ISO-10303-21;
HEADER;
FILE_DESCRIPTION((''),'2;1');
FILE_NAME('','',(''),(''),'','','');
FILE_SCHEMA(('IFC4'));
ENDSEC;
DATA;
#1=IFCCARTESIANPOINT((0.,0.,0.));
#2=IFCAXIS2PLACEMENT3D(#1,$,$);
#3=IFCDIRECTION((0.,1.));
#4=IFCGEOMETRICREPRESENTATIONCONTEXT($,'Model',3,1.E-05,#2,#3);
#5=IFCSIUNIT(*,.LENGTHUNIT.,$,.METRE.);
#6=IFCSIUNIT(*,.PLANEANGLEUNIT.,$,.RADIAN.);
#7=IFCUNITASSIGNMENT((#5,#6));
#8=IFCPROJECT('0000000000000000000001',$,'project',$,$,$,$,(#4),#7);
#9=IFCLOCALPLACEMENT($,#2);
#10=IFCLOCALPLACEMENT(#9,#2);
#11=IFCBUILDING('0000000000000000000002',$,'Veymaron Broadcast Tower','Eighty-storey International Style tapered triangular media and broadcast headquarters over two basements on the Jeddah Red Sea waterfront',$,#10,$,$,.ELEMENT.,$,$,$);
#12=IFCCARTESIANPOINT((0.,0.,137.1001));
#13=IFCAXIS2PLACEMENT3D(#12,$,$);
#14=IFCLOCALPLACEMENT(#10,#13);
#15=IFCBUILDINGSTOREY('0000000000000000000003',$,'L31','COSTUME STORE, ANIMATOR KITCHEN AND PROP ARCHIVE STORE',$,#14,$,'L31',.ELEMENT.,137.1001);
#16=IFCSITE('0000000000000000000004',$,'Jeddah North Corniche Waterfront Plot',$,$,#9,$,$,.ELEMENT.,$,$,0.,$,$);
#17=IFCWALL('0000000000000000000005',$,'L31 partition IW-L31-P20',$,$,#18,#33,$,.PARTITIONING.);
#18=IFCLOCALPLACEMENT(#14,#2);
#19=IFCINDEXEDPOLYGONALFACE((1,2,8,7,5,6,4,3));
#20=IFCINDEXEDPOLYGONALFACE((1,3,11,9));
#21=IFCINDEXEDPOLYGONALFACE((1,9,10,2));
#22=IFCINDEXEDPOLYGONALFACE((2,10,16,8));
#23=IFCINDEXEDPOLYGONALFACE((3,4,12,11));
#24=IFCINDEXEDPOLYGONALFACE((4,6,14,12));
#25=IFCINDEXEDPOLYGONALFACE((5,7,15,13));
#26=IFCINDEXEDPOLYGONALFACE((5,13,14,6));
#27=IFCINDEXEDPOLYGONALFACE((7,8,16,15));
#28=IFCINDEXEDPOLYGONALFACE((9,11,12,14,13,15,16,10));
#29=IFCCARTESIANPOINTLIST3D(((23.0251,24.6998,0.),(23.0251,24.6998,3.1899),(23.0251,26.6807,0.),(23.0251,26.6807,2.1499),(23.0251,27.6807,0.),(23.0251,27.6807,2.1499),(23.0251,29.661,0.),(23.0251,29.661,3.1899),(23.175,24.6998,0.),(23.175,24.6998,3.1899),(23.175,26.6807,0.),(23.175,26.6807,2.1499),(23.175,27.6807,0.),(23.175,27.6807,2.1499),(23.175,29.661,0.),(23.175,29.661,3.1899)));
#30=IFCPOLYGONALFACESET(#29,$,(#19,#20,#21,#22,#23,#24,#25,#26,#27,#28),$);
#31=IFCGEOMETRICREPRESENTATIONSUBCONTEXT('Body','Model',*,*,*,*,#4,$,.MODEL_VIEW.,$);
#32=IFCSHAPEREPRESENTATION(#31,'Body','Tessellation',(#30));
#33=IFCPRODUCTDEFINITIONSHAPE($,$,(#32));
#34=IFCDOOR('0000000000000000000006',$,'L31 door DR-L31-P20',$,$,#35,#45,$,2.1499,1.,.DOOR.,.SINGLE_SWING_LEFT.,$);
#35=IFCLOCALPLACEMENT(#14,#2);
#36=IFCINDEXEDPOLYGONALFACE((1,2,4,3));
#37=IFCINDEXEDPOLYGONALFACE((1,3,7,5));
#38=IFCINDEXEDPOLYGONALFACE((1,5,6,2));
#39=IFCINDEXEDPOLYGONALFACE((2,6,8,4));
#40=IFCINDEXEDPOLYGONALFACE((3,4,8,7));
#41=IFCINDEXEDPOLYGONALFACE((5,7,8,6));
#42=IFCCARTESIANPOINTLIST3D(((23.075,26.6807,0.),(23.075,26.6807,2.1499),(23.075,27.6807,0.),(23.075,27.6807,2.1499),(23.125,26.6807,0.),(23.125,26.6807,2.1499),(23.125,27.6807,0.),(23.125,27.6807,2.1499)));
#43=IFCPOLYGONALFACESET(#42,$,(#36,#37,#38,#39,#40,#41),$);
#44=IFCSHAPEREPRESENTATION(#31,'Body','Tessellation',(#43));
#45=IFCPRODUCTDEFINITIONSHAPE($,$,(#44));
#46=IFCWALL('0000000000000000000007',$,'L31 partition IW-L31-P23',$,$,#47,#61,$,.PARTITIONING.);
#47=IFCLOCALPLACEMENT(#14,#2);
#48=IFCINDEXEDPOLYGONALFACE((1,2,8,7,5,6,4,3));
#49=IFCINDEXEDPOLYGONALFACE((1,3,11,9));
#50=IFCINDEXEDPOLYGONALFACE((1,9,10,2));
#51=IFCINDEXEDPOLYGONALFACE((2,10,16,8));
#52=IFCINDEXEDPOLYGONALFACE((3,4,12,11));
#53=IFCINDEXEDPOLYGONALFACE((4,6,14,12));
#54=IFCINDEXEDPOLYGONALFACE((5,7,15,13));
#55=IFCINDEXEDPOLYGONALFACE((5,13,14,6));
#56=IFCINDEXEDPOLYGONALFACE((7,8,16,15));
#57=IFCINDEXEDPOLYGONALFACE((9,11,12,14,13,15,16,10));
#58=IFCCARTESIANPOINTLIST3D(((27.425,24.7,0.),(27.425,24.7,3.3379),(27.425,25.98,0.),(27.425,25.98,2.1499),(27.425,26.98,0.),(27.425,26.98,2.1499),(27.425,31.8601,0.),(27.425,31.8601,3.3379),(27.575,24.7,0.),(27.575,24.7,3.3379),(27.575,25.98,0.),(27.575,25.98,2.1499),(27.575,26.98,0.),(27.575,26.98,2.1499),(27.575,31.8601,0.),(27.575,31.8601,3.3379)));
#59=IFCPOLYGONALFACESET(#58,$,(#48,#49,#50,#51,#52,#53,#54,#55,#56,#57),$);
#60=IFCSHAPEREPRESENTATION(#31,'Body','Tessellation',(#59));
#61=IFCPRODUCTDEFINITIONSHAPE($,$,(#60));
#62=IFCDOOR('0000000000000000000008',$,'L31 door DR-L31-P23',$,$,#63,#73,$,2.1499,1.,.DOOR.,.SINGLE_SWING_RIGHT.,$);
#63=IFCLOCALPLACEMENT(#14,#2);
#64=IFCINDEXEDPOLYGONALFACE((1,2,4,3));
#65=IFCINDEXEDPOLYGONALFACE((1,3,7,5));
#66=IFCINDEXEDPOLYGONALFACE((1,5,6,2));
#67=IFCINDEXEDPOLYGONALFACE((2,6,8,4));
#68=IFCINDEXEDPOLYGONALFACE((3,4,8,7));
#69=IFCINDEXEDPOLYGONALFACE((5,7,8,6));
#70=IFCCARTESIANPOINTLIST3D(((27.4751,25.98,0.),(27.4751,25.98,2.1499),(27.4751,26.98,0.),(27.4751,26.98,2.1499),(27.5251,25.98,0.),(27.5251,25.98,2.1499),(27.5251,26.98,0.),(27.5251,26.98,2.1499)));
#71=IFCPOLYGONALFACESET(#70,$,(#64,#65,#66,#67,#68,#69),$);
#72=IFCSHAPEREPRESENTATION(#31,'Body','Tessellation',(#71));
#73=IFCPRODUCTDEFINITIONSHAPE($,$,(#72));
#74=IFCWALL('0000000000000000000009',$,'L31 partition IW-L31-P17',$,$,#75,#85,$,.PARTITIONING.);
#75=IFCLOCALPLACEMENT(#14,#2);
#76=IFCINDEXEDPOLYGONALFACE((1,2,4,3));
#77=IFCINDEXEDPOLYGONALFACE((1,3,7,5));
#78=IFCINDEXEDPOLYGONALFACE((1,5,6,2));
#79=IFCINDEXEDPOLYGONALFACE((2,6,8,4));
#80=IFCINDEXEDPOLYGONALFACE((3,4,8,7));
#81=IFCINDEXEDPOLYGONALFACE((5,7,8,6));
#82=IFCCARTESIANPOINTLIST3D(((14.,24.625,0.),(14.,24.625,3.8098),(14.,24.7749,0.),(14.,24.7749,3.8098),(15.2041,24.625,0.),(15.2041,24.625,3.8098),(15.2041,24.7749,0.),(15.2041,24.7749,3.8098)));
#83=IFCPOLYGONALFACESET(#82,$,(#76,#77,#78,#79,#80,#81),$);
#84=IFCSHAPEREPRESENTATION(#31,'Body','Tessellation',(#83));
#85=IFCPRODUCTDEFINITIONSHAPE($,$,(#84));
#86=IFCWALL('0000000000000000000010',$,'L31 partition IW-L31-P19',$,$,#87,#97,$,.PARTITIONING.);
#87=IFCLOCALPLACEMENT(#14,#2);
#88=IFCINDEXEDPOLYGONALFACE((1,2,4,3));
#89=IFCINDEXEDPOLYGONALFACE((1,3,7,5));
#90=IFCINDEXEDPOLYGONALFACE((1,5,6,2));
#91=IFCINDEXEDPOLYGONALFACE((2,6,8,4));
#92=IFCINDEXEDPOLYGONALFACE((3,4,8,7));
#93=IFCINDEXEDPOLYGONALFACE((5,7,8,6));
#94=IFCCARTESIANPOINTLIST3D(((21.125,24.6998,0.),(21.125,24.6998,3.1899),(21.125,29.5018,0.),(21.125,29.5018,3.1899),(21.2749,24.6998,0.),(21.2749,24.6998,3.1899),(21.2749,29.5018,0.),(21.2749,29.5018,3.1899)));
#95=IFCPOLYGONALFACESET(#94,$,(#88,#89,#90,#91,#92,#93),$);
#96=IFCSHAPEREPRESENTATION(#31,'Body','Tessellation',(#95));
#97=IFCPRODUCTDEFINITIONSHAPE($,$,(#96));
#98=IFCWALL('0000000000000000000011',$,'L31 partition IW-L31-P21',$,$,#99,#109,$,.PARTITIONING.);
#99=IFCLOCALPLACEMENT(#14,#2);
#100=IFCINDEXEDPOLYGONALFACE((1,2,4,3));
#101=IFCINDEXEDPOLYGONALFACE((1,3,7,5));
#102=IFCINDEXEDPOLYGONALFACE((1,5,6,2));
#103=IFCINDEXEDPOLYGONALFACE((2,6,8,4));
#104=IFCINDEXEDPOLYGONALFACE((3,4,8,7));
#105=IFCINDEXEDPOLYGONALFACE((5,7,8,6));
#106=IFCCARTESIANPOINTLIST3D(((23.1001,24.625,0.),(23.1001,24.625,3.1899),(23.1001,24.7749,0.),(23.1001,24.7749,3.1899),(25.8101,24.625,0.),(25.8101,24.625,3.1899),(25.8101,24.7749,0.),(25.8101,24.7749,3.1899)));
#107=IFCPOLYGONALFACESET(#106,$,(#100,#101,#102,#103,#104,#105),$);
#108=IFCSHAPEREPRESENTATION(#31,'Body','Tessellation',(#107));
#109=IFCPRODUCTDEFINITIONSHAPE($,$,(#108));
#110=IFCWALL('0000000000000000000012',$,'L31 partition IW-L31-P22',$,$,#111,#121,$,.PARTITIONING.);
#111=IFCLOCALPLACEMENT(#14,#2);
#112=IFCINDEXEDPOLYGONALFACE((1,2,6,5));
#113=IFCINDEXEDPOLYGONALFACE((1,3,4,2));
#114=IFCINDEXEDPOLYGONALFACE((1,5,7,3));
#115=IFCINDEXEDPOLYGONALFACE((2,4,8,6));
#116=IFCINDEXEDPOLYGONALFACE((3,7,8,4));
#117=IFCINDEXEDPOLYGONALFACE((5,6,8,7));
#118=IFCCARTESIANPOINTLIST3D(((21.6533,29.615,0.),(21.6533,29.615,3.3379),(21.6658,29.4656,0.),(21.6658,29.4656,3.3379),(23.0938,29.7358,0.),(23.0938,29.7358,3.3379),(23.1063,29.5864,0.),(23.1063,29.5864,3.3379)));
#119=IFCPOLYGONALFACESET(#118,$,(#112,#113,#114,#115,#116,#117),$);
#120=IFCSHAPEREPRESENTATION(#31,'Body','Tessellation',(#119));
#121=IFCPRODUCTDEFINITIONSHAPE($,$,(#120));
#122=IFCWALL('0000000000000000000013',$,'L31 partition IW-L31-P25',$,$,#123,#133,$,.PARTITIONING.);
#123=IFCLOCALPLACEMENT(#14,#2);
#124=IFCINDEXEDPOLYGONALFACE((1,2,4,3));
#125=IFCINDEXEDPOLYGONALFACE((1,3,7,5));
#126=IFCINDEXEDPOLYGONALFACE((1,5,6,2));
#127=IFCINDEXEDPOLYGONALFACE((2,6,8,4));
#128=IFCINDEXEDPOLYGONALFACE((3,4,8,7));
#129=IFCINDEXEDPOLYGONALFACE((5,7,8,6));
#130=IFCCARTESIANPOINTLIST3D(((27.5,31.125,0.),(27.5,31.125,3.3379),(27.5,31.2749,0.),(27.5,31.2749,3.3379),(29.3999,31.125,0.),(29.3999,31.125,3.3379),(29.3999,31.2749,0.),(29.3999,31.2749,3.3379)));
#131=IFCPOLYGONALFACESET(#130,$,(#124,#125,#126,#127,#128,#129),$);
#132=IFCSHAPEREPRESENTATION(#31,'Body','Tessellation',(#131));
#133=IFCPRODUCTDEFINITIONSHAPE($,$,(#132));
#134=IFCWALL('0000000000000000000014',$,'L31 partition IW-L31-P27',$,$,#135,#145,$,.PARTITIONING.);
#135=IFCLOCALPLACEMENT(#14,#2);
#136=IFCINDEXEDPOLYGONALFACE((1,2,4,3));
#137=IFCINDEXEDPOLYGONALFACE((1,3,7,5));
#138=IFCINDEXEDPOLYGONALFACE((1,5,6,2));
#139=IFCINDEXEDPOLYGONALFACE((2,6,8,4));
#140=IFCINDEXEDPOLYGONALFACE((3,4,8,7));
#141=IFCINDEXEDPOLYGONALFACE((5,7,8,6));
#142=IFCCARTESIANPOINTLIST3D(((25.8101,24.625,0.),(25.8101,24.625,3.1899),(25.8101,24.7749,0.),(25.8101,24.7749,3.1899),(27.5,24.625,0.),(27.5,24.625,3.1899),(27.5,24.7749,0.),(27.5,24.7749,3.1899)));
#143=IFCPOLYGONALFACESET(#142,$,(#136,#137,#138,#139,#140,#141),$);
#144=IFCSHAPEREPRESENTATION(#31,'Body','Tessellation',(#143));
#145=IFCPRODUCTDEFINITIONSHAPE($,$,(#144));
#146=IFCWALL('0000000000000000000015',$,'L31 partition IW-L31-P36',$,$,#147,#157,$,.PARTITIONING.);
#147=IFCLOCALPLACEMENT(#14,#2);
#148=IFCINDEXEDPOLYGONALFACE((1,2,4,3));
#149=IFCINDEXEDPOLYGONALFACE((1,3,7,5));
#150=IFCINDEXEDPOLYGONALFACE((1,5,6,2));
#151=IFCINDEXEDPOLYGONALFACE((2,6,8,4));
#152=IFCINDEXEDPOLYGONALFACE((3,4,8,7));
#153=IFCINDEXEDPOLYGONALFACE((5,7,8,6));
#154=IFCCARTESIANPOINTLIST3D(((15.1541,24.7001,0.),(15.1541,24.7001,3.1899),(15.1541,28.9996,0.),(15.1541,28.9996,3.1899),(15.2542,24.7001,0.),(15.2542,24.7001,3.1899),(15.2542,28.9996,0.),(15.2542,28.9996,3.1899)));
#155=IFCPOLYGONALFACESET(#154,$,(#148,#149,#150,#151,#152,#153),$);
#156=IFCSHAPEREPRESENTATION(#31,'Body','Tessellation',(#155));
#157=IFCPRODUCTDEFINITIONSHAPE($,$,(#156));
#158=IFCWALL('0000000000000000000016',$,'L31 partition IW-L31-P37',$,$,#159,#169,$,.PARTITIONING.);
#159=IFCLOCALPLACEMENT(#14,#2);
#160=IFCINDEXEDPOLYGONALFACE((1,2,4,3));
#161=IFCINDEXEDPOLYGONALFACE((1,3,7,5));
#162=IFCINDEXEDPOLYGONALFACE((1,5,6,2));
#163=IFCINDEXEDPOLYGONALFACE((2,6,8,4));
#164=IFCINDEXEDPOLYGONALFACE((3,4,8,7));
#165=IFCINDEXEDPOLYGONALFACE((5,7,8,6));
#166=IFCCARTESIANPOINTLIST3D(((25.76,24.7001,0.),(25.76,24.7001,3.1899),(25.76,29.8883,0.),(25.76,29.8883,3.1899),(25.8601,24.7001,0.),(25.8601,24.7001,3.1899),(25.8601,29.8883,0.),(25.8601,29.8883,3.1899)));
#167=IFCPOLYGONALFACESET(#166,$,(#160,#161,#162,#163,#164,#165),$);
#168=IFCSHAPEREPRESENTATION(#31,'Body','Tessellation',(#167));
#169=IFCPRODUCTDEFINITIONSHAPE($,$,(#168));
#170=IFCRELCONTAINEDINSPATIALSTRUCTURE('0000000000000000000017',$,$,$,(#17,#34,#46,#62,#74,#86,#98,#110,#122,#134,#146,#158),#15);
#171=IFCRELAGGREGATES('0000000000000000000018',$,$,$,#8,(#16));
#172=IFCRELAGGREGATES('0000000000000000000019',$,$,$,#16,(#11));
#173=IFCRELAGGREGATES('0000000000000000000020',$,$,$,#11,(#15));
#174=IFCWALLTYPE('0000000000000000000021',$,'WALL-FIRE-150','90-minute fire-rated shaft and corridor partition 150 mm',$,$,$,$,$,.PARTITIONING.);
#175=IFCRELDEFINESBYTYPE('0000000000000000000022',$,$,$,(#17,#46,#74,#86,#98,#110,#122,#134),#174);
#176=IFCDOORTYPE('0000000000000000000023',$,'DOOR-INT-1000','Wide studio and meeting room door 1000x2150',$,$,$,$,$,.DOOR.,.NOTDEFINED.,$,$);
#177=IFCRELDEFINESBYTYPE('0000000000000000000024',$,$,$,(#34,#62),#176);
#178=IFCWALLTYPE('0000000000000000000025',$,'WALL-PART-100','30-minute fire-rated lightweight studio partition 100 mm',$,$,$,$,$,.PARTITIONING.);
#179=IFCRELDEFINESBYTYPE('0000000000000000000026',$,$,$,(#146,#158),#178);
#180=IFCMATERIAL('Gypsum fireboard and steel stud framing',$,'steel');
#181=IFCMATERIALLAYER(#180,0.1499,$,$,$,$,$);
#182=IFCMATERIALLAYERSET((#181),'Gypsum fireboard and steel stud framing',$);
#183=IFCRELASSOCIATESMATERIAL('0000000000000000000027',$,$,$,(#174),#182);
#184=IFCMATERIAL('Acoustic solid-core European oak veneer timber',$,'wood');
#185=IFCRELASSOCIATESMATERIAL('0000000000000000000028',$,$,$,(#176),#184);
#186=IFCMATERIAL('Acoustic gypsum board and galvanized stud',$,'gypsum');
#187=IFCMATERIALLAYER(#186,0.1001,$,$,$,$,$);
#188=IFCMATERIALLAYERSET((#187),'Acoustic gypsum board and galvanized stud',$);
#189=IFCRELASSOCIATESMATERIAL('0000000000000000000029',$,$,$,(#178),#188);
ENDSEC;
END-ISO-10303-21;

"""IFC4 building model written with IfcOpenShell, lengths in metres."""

from ifc_helpers import new_model, si_unit, direction, frame, frame_2d, origin, place, context, subcontext, project, spatial, rectangle, extrude, material, layer, layer_set, type_object, element, fill, save


model = new_model("IFC4")

# Units and contexts
model_context = context("Model", 3, precision=1e-05, world=origin(), true_north=direction((0.0, 1.0)))
body_context = subcontext(model_context, "Body", "Model", "MODEL_VIEW")
ifc_project = project(units=[si_unit("LENGTHUNIT", "METRE"), si_unit("PLANEANGLEUNIT", "RADIAN")], contexts=[model_context])

# Site, building, storey
site_placement = place(None, origin())
site = spatial("IfcSite", under=ifc_project, at=site_placement, Name="Jeddah North Corniche Waterfront Plot", CompositionType="ELEMENT", RefElevation=0.0)
building_placement = place(site_placement, origin())
building = spatial("IfcBuilding", under=site, at=building_placement, Name="Veymaron Broadcast Tower", Description="Eighty-storey International Style tapered triangular media and broadcast headquarters over two basements on the Jeddah Red Sea waterfront", CompositionType="ELEMENT")
storey_placement = place(building_placement, frame((0.0, 0.0, 137.1001)))
storey = spatial("IfcBuildingStorey", under=building, at=storey_placement, Name="L31", Description="COSTUME STORE, ANIMATOR KITCHEN AND PROP ARCHIVE STORE", LongName="L31", CompositionType="ELEMENT", Elevation=137.1001)

# Walls, openings, doors
ifc_material_1 = material(Name="Gypsum fireboard and steel stud framing", Category="steel")
ifc_layer_1 = layer(ifc_material_1, 0.1499)
ifc_layer_set_1 = layer_set([ifc_layer_1], Name="Gypsum fireboard and steel stud framing")
wall_type_1 = type_object("IfcWallType", Name="WALL-FIRE-150", Description="90-minute fire-rated shaft and corridor partition 150 mm", PredefinedType="PARTITIONING", material=ifc_layer_set_1)
ifc_material_2 = material(Name="Acoustic solid-core European oak veneer timber", Category="wood")
door_type = type_object("IfcDoorType", Name="DOOR-INT-1000", Description="Wide studio and meeting room door 1000x2150", OperationType="NOTDEFINED", PredefinedType="DOOR", material=ifc_material_2)
wall_1_placement = place(storey_placement, frame((23.1001, 24.7, 0.0), z_axis=(0.0, 0.0, 1.0), x_axis=(0.0, 1.0, 0.0)))
wall_1 = element("IfcWall", 1, at=wall_1_placement, inside=storey, type_object=wall_type_1, Name="L31 partition IW-L31-P20", PredefinedType="PARTITIONING", context=body_context, shape_type="SweptSolid", body=[
    extrude(rectangle(XDim=4.9612, YDim=0.1499, at=frame_2d((2.4805, 0.0))), origin(), (0.0, 0.0, 1.0), 3.1899),
])
opening_1_placement = place(wall_1_placement, frame((1.9807, 0.0, 0.0)))
opening_1 = element("IfcOpeningElement", 2, at=opening_1_placement, cuts=wall_1, PredefinedType="OPENING", context=body_context, shape_type="SweptSolid", body=[
    extrude(rectangle(XDim=1.0, YDim=2.1499, at=frame_2d((0.5, 1.075))), frame((0.0, 0.085, 0.0), z_axis=(0.0, -1.0, 0.0), x_axis=(1.0, 0.0, 0.0)), (0.0, 0.0, 1.0), 0.1699),
])
door_1_placement = place(opening_1_placement, frame((1.0, 0.0, 0.0), z_axis=(0.0, 0.0, 1.0), x_axis=(-1.0, 0.0, 0.0)))
door_1 = element("IfcDoor", 3, at=door_1_placement, inside=storey, type_object=door_type, Name="L31 door DR-L31-P20", OperationType="SINGLE_SWING_LEFT", OverallHeight=2.1499, OverallWidth=1.0, PredefinedType="DOOR", context=body_context, shape_type="SweptSolid", body=[
    extrude(rectangle(XDim=1.0, YDim=2.1499, at=frame_2d((0.5, 1.075))), frame((0.0, 0.0249, 0.0), z_axis=(0.0, -1.0, 0.0), x_axis=(1.0, 0.0, 0.0)), (0.0, 0.0, 1.0), 0.05),
])
fill(opening_1, door_1)
wall_2_placement = place(storey_placement, frame((27.5, 24.7, 0.0), z_axis=(0.0, 0.0, 1.0), x_axis=(0.0, 1.0, 0.0)))
wall_2 = element("IfcWall", 4, at=wall_2_placement, inside=storey, type_object=wall_type_1, Name="L31 partition IW-L31-P23", PredefinedType="PARTITIONING", context=body_context, shape_type="SweptSolid", body=[
    extrude(rectangle(XDim=7.1602, YDim=0.1499, at=frame_2d((3.5801, 0.0))), origin(), (0.0, 0.0, 1.0), 3.3379),
])
opening_2_placement = place(wall_2_placement, frame((1.28, 0.0, 0.0)))
opening_2 = element("IfcOpeningElement", 5, at=opening_2_placement, cuts=wall_2, PredefinedType="OPENING", context=body_context, shape_type="SweptSolid", body=[
    extrude(rectangle(XDim=1.0, YDim=2.1499, at=frame_2d((0.5, 1.075))), frame((0.0, 0.085, 0.0), z_axis=(0.0, -1.0, 0.0), x_axis=(1.0, 0.0, 0.0)), (0.0, 0.0, 1.0), 0.1699),
])
door_2_placement = place(opening_2_placement, origin())
door_2 = element("IfcDoor", 6, at=door_2_placement, inside=storey, type_object=door_type, Name="L31 door DR-L31-P23", OperationType="SINGLE_SWING_RIGHT", OverallHeight=2.1499, OverallWidth=1.0, PredefinedType="DOOR", context=body_context, shape_type="SweptSolid", body=[
    extrude(rectangle(XDim=1.0, YDim=2.1499, at=frame_2d((0.5, 1.075))), frame((0.0, 0.0249, 0.0), z_axis=(0.0, -1.0, 0.0), x_axis=(1.0, 0.0, 0.0)), (0.0, 0.0, 1.0), 0.05),
])
fill(opening_2, door_2)

# Walls
wall_3_placement = place(storey_placement, frame((14.0, 24.7, 0.0), z_axis=(0.0, 0.0, 1.0), x_axis=(1.0, 0.0, 0.0)))
element("IfcWall", 7, at=wall_3_placement, inside=storey, type_object=wall_type_1, Name="L31 partition IW-L31-P17", PredefinedType="PARTITIONING", context=body_context, shape_type="SweptSolid", body=[
    extrude(rectangle(XDim=1.2041, YDim=0.1499, at=frame_2d((0.6021, 0.0))), origin(), (0.0, 0.0, 1.0), 3.8098),
])
wall_4_placement = place(storey_placement, frame((21.2, 24.7, 0.0), z_axis=(0.0, 0.0, 1.0), x_axis=(0.0, 1.0, 0.0)))
element("IfcWall", 8, at=wall_4_placement, inside=storey, type_object=wall_type_1, Name="L31 partition IW-L31-P19", PredefinedType="PARTITIONING", context=body_context, shape_type="SweptSolid", body=[
    extrude(rectangle(XDim=4.802, YDim=0.1499, at=frame_2d((2.4009, 0.0))), origin(), (0.0, 0.0, 1.0), 3.1899),
])
wall_5_placement = place(storey_placement, frame((23.1001, 24.7, 0.0), z_axis=(0.0, 0.0, 1.0), x_axis=(1.0, 0.0, 0.0)))
element("IfcWall", 9, at=wall_5_placement, inside=storey, type_object=wall_type_1, Name="L31 partition IW-L31-P21", PredefinedType="PARTITIONING", context=body_context, shape_type="SweptSolid", body=[
    extrude(rectangle(XDim=2.71, YDim=0.1499, at=frame_2d((1.355, 0.0))), origin(), (0.0, 0.0, 1.0), 3.1899),
])
wall_6_placement = place(storey_placement, frame((21.6597, 29.5403, 0.0), z_axis=(0.0, 0.0, 1.0), x_axis=(0.996499, 0.083605, 0.0)))
element("IfcWall", 10, at=wall_6_placement, inside=storey, type_object=wall_type_1, Name="L31 partition IW-L31-P22", PredefinedType="PARTITIONING", context=body_context, shape_type="SweptSolid", body=[
    extrude(rectangle(XDim=1.4456, YDim=0.1499, at=frame_2d((0.7227, 0.0))), origin(), (0.0, 0.0, 1.0), 3.3379),
])
wall_7_placement = place(storey_placement, frame((27.5, 31.2, 0.0), z_axis=(0.0, 0.0, 1.0), x_axis=(1.0, 0.0, 0.0)))
element("IfcWall", 11, at=wall_7_placement, inside=storey, type_object=wall_type_1, Name="L31 partition IW-L31-P25", PredefinedType="PARTITIONING", context=body_context, shape_type="SweptSolid", body=[
    extrude(rectangle(XDim=1.8999, YDim=0.1499, at=frame_2d((0.95, 0.0))), origin(), (0.0, 0.0, 1.0), 3.3379),
])
wall_8_placement = place(storey_placement, frame((25.8101, 24.7, 0.0), z_axis=(0.0, 0.0, 1.0), x_axis=(1.0, 0.0, 0.0)))
element("IfcWall", 12, at=wall_8_placement, inside=storey, type_object=wall_type_1, Name="L31 partition IW-L31-P27", PredefinedType="PARTITIONING", context=body_context, shape_type="SweptSolid", body=[
    extrude(rectangle(XDim=1.6899, YDim=0.1499, at=frame_2d((0.845, 0.0))), origin(), (0.0, 0.0, 1.0), 3.1899),
])
ifc_material_3 = material(Name="Acoustic gypsum board and galvanized stud", Category="gypsum")
ifc_layer_2 = layer(ifc_material_3, 0.1001)
ifc_layer_set_2 = layer_set([ifc_layer_2], Name="Acoustic gypsum board and galvanized stud")
wall_type_2 = type_object("IfcWallType", Name="WALL-PART-100", Description="30-minute fire-rated lightweight studio partition 100 mm", PredefinedType="PARTITIONING", material=ifc_layer_set_2)
wall_9_placement = place(storey_placement, frame((15.2041, 24.7, 0.0), z_axis=(0.0, 0.0, 1.0), x_axis=(0.0, 1.0, 0.0)))
element("IfcWall", 13, at=wall_9_placement, inside=storey, type_object=wall_type_2, Name="L31 partition IW-L31-P36", PredefinedType="PARTITIONING", context=body_context, shape_type="SweptSolid", body=[
    extrude(rectangle(XDim=4.2996, YDim=0.1001, at=frame_2d((2.1499, 0.0))), origin(), (0.0, 0.0, 1.0), 3.1899),
])
wall_10_placement = place(storey_placement, frame((25.8101, 24.7, 0.0), z_axis=(0.0, 0.0, 1.0), x_axis=(0.0, 1.0, 0.0)))
element("IfcWall", 14, at=wall_10_placement, inside=storey, type_object=wall_type_2, Name="L31 partition IW-L31-P37", PredefinedType="PARTITIONING", context=body_context, shape_type="SweptSolid", body=[
    extrude(rectangle(XDim=5.1882, YDim=0.1001, at=frame_2d((2.5942, 0.0))), origin(), (0.0, 0.0, 1.0), 3.1899),
])

save(model, "model.ifc")
